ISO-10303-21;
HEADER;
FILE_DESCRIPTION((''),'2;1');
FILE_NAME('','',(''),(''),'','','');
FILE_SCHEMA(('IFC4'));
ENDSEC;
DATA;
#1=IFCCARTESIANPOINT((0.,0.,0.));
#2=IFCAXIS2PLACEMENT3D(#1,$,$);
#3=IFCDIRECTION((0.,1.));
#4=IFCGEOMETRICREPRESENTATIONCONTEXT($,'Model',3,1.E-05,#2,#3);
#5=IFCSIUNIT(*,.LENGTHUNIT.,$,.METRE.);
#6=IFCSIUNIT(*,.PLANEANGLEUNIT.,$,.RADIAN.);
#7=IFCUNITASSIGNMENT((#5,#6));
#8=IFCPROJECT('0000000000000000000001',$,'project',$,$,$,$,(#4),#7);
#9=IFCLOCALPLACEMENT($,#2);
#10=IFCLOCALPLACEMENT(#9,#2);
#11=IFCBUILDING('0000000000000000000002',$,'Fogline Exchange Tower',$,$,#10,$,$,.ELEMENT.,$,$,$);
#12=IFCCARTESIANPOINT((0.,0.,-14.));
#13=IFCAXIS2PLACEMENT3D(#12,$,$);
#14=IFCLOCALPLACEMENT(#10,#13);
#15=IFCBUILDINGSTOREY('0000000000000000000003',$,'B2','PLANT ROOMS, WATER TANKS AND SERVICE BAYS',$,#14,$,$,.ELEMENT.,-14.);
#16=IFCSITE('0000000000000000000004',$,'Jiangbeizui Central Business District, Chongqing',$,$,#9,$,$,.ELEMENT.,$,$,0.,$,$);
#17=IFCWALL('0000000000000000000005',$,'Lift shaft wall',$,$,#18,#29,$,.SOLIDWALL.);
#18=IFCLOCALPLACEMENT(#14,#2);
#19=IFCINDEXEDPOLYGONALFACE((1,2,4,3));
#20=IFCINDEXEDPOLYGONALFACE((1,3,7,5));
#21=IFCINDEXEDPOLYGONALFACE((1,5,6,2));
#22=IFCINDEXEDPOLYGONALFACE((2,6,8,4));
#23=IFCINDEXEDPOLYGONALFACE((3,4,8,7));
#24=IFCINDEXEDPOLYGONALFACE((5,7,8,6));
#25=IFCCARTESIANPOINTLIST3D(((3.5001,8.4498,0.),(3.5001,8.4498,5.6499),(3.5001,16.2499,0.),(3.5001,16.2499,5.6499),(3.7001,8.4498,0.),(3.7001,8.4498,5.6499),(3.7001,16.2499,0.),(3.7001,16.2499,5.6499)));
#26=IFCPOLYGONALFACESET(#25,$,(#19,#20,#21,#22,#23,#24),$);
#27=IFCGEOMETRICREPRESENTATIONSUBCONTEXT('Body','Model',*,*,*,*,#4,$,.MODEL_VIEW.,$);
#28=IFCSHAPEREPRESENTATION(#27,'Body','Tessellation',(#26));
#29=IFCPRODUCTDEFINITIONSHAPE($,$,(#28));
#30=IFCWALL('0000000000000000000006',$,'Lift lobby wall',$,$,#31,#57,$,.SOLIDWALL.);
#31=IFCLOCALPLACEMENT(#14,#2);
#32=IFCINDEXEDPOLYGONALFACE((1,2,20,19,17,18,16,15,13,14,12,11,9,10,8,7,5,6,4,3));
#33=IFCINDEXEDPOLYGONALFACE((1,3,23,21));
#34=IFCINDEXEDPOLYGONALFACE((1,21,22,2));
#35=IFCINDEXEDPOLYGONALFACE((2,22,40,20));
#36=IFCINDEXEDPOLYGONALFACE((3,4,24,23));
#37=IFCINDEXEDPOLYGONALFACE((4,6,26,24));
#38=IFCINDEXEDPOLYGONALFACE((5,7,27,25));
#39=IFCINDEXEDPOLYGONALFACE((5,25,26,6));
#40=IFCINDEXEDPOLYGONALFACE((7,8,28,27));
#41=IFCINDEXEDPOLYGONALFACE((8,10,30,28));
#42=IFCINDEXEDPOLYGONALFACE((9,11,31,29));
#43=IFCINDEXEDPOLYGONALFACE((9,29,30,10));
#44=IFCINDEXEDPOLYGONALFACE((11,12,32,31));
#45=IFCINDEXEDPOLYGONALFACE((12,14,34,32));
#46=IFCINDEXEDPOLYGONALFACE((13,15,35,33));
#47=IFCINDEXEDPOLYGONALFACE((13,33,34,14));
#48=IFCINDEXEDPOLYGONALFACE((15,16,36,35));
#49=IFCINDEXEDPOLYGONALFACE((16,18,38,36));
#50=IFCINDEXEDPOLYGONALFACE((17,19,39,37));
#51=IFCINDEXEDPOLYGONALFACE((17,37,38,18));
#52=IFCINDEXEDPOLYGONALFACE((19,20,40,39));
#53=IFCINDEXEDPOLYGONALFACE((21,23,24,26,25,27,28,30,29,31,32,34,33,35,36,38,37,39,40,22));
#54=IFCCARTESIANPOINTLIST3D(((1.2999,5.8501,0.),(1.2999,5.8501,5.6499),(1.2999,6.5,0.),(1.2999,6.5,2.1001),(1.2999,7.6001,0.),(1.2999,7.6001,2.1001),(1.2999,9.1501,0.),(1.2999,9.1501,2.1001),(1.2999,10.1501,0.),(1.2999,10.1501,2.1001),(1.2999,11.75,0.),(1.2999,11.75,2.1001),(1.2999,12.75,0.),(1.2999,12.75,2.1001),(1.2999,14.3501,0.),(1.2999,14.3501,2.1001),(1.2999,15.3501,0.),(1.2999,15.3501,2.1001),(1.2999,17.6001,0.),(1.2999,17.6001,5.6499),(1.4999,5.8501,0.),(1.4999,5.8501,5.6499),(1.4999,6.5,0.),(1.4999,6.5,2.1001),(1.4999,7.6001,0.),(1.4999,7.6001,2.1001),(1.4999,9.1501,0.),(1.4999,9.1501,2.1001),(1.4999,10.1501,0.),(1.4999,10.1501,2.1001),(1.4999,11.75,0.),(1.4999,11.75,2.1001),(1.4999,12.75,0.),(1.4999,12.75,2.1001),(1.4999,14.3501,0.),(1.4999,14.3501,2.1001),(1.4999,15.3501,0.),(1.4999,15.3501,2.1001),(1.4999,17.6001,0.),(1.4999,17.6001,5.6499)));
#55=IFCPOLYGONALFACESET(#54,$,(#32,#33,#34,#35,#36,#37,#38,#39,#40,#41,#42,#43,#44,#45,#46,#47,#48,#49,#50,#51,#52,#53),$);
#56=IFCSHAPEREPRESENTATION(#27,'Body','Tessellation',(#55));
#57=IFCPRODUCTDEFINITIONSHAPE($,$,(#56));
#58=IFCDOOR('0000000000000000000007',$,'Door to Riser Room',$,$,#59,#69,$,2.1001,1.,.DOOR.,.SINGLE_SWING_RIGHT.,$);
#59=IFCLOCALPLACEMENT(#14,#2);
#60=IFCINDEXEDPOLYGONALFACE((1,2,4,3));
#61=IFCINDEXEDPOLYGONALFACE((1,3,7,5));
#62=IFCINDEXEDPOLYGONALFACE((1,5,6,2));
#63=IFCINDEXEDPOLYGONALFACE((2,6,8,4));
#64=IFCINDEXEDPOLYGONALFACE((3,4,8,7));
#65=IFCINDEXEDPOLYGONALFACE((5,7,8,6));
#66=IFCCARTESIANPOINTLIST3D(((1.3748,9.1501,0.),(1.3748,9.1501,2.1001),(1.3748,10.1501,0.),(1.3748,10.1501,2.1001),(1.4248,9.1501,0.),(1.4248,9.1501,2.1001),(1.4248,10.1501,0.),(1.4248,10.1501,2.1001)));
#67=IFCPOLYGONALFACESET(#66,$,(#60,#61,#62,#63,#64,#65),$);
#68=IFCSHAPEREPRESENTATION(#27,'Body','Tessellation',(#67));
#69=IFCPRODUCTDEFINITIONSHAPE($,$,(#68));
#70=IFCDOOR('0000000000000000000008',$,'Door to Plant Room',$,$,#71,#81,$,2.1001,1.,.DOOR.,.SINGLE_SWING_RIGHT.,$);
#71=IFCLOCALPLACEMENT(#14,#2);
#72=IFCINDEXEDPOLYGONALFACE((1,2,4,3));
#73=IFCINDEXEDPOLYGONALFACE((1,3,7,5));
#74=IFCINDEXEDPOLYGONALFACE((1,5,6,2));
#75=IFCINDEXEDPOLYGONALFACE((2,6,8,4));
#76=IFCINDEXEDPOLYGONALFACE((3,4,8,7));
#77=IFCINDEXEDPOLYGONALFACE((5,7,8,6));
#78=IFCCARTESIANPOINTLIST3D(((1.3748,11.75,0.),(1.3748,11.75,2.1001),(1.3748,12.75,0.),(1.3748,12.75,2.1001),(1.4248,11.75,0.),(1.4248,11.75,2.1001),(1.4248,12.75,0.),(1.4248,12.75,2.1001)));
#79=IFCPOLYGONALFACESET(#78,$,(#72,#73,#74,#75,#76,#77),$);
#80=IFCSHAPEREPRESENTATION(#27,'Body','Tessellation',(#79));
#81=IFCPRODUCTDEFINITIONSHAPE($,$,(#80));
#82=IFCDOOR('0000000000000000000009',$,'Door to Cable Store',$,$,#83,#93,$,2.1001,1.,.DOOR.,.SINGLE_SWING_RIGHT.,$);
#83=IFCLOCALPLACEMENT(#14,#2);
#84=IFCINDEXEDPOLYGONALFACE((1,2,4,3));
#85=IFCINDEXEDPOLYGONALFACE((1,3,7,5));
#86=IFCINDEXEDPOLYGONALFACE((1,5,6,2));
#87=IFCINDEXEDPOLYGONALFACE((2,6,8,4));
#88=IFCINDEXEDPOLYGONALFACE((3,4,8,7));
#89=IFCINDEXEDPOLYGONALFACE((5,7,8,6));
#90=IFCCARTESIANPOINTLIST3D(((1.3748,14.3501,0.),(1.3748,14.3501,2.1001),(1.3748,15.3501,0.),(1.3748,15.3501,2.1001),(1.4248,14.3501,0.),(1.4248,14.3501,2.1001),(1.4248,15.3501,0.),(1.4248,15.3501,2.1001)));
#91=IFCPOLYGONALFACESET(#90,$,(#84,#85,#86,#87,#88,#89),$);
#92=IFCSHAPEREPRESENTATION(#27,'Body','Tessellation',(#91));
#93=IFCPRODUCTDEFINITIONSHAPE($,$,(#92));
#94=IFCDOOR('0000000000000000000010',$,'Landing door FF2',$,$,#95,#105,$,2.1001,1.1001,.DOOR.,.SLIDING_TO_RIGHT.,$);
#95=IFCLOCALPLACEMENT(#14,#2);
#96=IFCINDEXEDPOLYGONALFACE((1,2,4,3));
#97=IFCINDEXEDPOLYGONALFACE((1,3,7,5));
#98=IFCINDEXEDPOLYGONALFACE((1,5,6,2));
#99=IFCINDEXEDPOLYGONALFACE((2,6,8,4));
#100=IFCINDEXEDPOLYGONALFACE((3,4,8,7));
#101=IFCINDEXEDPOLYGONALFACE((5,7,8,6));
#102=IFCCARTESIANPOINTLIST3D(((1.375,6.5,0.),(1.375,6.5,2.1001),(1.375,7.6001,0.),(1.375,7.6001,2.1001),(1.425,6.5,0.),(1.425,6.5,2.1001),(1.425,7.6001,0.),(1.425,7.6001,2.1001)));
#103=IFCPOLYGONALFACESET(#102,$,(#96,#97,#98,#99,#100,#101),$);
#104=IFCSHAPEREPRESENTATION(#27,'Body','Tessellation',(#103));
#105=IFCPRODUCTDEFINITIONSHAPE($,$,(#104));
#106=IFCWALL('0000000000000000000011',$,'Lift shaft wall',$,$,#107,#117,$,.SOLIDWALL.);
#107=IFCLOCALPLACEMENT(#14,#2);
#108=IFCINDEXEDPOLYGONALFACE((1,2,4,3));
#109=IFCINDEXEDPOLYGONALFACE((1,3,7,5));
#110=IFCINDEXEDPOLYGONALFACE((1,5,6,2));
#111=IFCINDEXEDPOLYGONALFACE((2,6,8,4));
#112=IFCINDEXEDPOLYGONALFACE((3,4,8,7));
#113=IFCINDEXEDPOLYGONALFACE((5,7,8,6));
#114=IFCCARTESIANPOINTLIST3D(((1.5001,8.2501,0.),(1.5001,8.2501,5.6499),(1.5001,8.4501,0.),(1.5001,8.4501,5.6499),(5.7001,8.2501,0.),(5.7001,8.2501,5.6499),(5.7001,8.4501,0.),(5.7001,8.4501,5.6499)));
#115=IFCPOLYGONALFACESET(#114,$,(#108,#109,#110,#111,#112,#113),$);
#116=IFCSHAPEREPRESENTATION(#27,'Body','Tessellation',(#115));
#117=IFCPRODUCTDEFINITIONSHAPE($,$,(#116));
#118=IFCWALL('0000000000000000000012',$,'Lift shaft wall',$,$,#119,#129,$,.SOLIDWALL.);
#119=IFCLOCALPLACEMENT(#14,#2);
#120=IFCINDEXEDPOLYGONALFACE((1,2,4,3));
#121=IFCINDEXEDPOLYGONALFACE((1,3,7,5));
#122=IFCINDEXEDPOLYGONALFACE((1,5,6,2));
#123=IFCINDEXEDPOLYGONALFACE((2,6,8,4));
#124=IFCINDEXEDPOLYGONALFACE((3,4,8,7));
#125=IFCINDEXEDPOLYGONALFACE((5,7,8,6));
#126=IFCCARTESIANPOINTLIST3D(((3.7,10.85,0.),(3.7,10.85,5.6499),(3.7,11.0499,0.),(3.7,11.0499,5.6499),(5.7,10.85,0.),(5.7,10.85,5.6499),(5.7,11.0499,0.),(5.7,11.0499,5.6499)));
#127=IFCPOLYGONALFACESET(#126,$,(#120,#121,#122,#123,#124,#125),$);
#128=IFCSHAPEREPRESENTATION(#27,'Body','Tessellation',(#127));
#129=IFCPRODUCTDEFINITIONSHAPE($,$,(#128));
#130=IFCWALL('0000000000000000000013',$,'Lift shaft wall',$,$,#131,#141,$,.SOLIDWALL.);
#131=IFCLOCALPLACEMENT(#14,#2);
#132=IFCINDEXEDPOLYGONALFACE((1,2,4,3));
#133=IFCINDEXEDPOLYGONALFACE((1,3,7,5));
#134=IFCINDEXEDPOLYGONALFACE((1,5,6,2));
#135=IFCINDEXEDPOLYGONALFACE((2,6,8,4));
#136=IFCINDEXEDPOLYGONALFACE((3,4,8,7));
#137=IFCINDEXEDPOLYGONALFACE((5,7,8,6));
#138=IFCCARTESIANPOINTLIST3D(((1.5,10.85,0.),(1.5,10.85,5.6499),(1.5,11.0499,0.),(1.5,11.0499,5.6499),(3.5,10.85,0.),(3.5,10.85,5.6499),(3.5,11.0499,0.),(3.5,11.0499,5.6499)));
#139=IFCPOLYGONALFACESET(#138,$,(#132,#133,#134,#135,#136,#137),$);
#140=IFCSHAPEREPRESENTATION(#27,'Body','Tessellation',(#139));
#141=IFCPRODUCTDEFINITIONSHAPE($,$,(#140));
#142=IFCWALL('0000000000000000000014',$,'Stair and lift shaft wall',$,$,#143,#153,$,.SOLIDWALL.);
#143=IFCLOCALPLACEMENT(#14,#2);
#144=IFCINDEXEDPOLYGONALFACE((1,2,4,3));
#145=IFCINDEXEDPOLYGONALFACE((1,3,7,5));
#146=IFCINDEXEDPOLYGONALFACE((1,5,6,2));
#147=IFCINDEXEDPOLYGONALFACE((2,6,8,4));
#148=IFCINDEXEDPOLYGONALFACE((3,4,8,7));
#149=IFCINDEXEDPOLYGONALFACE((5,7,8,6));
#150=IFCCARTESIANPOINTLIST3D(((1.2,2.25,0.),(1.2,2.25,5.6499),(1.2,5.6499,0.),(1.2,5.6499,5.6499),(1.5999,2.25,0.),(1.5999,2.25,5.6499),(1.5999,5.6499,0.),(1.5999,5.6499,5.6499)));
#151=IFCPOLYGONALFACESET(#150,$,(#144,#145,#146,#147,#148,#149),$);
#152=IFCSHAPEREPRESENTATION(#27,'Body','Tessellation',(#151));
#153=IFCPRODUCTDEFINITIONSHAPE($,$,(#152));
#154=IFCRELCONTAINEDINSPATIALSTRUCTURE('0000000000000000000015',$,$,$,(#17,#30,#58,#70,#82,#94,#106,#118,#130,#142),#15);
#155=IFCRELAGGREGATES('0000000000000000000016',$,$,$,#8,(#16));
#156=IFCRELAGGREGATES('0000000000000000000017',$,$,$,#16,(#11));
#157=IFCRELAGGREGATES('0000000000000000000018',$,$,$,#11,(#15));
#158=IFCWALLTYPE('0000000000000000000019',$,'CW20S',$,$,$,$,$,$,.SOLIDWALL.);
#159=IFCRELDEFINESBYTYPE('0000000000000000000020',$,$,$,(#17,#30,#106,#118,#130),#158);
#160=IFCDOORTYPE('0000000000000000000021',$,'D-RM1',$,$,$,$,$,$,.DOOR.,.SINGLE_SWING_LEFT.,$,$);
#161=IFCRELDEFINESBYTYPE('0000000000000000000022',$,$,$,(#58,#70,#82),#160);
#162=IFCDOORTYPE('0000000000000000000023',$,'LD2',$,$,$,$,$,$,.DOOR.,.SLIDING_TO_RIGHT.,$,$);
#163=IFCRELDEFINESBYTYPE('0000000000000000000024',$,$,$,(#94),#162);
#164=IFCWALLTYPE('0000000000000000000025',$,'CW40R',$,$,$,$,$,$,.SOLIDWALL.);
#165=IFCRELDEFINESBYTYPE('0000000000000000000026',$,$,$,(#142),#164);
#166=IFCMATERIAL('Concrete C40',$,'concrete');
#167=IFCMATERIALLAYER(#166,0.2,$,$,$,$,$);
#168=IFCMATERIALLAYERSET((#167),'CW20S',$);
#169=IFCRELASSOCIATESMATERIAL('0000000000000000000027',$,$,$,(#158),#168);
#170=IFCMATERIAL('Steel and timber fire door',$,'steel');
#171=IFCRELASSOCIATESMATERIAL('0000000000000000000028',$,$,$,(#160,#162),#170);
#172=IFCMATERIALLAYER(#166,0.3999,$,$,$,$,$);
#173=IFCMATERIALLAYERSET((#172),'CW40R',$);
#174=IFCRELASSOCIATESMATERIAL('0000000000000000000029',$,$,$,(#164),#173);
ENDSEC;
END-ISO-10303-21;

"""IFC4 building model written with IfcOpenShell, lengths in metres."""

from ifc_helpers import new_model, si_unit, direction, frame, frame_2d, origin, place, context, subcontext, project, spatial, rectangle, extrude, material, layer, layer_set, type_object, element, fill, save


model = new_model("IFC4")

# Units and contexts
model_context = context("Model", 3, precision=1e-05, world=origin(), true_north=direction((0.0, 1.0)))
body_context = subcontext(model_context, "Body", "Model", "MODEL_VIEW")
ifc_project = project(units=[si_unit("LENGTHUNIT", "METRE"), si_unit("PLANEANGLEUNIT", "RADIAN")], contexts=[model_context])

# Site, building, storey
site_placement = place(None, origin())
site = spatial("IfcSite", under=ifc_project, at=site_placement, Name="Jiangbeizui Central Business District, Chongqing", CompositionType="ELEMENT", RefElevation=0.0)
building_placement = place(site_placement, origin())
building = spatial("IfcBuilding", under=site, at=building_placement, Name="Fogline Exchange Tower", CompositionType="ELEMENT")
storey_placement = place(building_placement, frame((0.0, 0.0, -14.0)))
storey = spatial("IfcBuildingStorey", under=building, at=storey_placement, Name="B2", Description="PLANT ROOMS, WATER TANKS AND SERVICE BAYS", CompositionType="ELEMENT", Elevation=-14.0)

# Shared definitions
ifc_material_1 = material(Name="Concrete C40", Category="concrete")

# Wall
ifc_layer_1 = layer(ifc_material_1, 0.2)
ifc_layer_set_1 = layer_set([ifc_layer_1], Name="CW20S")
wall_type_1 = type_object("IfcWallType", Name="CW20S", PredefinedType="SOLIDWALL", material=ifc_layer_set_1)
wall_1_placement = place(storey_placement, frame((3.6001, 8.45, 0.0), z_axis=(0.0, 0.0, 1.0), x_axis=(0.0, 1.0, 0.0)))
element("IfcWall", 1, at=wall_1_placement, inside=storey, type_object=wall_type_1, Name="Lift shaft wall", PredefinedType="SOLIDWALL", context=body_context, shape_type="SweptSolid", body=[
    extrude(rectangle(XDim=7.8, YDim=0.2, at=frame_2d((3.8999, 0.0))), origin(), (0.0, 0.0, 1.0), 5.6499),
])

# Wall, openings, doors
wall_2_placement = place(storey_placement, frame((1.3999, 5.8501, 0.0), z_axis=(0.0, 0.0, 1.0), x_axis=(0.0, 1.0, 0.0)))
wall_2 = element("IfcWall", 2, at=wall_2_placement, inside=storey, type_object=wall_type_1, Name="Lift lobby wall", PredefinedType="SOLIDWALL", context=body_context, shape_type="SweptSolid", body=[
    extrude(rectangle(XDim=11.75, YDim=0.2, at=frame_2d((5.875, 0.0))), origin(), (0.0, 0.0, 1.0), 5.6499),
])
opening_1_placement = place(wall_2_placement, frame((0.6499, 0.0, 0.0)))
opening_1 = element("IfcOpeningElement", 3, at=opening_1_placement, cuts=wall_2, PredefinedType="OPENING", context=body_context, shape_type="SweptSolid", body=[
    extrude(rectangle(XDim=1.1001, YDim=2.1001, at=frame_2d((0.55, 1.05))), frame((0.0, 0.1099, 0.0), z_axis=(0.0, -1.0, 0.0), x_axis=(1.0, 0.0, 0.0)), (0.0, 0.0, 1.0), 0.22),
])
opening_2_placement = place(wall_2_placement, frame((3.3, 0.0, 0.0)))
opening_2 = element("IfcOpeningElement", 4, at=opening_2_placement, cuts=wall_2, PredefinedType="OPENING", context=body_context, shape_type="SweptSolid", body=[
    extrude(rectangle(XDim=1.0, YDim=2.1001, at=frame_2d((0.5, 1.05))), frame((0.0, 0.1099, 0.0), z_axis=(0.0, -1.0, 0.0), x_axis=(1.0, 0.0, 0.0)), (0.0, 0.0, 1.0), 0.22),
])
opening_3_placement = place(wall_2_placement, frame((5.8999, 0.0, 0.0)))
opening_3 = element("IfcOpeningElement", 5, at=opening_3_placement, cuts=wall_2, PredefinedType="OPENING", context=body_context, shape_type="SweptSolid", body=[
    extrude(rectangle(XDim=1.0, YDim=2.1001, at=frame_2d((0.5, 1.05))), frame((0.0, 0.1099, 0.0), z_axis=(0.0, -1.0, 0.0), x_axis=(1.0, 0.0, 0.0)), (0.0, 0.0, 1.0), 0.22),
])
opening_4_placement = place(wall_2_placement, frame((8.5, 0.0, 0.0)))
opening_4 = element("IfcOpeningElement", 6, at=opening_4_placement, cuts=wall_2, PredefinedType="OPENING", context=body_context, shape_type="SweptSolid", body=[
    extrude(rectangle(XDim=1.0, YDim=2.1001, at=frame_2d((0.5, 1.05))), frame((0.0, 0.1099, 0.0), z_axis=(0.0, -1.0, 0.0), x_axis=(1.0, 0.0, 0.0)), (0.0, 0.0, 1.0), 0.22),
])
ifc_material_2 = material(Name="Steel and timber fire door", Category="steel")
door_type_1 = type_object("IfcDoorType", Name="D-RM1", OperationType="SINGLE_SWING_LEFT", PredefinedType="DOOR", material=ifc_material_2)
door_1_placement = place(opening_2_placement, frame((1.0, 0.0, 0.0), z_axis=(0.0, 0.0, 1.0), x_axis=(-1.0, 0.0, 0.0)))
door_1 = element("IfcDoor", 7, at=door_1_placement, inside=storey, type_object=door_type_1, Name="Door to Riser Room", OperationType="SINGLE_SWING_RIGHT", OverallHeight=2.1001, OverallWidth=1.0, PredefinedType="DOOR", context=body_context, shape_type="SweptSolid", body=[
    extrude(rectangle(XDim=1.0, YDim=2.1001, at=frame_2d((0.5, 1.05))), frame((0.0, 0.0249, 0.0), z_axis=(0.0, -1.0, 0.0), x_axis=(1.0, 0.0, 0.0)), (0.0, 0.0, 1.0), 0.05),
])
fill(opening_2, door_1)
door_2_placement = place(opening_3_placement, frame((1.0, 0.0, 0.0), z_axis=(0.0, 0.0, 1.0), x_axis=(-1.0, 0.0, 0.0)))
door_2 = element("IfcDoor", 8, at=door_2_placement, inside=storey, type_object=door_type_1, Name="Door to Plant Room", OperationType="SINGLE_SWING_RIGHT", OverallHeight=2.1001, OverallWidth=1.0, PredefinedType="DOOR", context=body_context, shape_type="SweptSolid", body=[
    extrude(rectangle(XDim=1.0, YDim=2.1001, at=frame_2d((0.5, 1.05))), frame((0.0, 0.0249, 0.0), z_axis=(0.0, -1.0, 0.0), x_axis=(1.0, 0.0, 0.0)), (0.0, 0.0, 1.0), 0.05),
])
fill(opening_3, door_2)
door_3_placement = place(opening_4_placement, frame((1.0, 0.0, 0.0), z_axis=(0.0, 0.0, 1.0), x_axis=(-1.0, 0.0, 0.0)))
door_3 = element("IfcDoor", 9, at=door_3_placement, inside=storey, type_object=door_type_1, Name="Door to Cable Store", OperationType="SINGLE_SWING_RIGHT", OverallHeight=2.1001, OverallWidth=1.0, PredefinedType="DOOR", context=body_context, shape_type="SweptSolid", body=[
    extrude(rectangle(XDim=1.0, YDim=2.1001, at=frame_2d((0.5, 1.05))), frame((0.0, 0.0249, 0.0), z_axis=(0.0, -1.0, 0.0), x_axis=(1.0, 0.0, 0.0)), (0.0, 0.0, 1.0), 0.05),
])
fill(opening_4, door_3)
door_type_2 = type_object("IfcDoorType", Name="LD2", OperationType="SLIDING_TO_RIGHT", PredefinedType="DOOR", material=ifc_material_2)
door_4_placement = place(opening_1_placement, origin())
door_4 = element("IfcDoor", 10, at=door_4_placement, inside=storey, type_object=door_type_2, Name="Landing door FF2", OperationType="SLIDING_TO_RIGHT", OverallHeight=2.1001, OverallWidth=1.1001, PredefinedType="DOOR", context=body_context, shape_type="SweptSolid", body=[
    extrude(rectangle(XDim=1.1001, YDim=2.1001, at=frame_2d((0.55, 1.05))), frame((0.0, 0.0249, 0.0), z_axis=(0.0, -1.0, 0.0), x_axis=(1.0, 0.0, 0.0)), (0.0, 0.0, 1.0), 0.05),
])
fill(opening_1, door_4)

# Walls
wall_3_placement = place(storey_placement, frame((1.5, 8.3501, 0.0), z_axis=(0.0, 0.0, 1.0), x_axis=(1.0, 0.0, 0.0)))
element("IfcWall", 11, at=wall_3_placement, inside=storey, type_object=wall_type_1, Name="Lift shaft wall", PredefinedType="SOLIDWALL", context=body_context, shape_type="SweptSolid", body=[
    extrude(rectangle(XDim=4.2, YDim=0.2, at=frame_2d((2.1001, 0.0))), origin(), (0.0, 0.0, 1.0), 5.6499),
])
for number, where, z_axis, x_axis, name in (
    (12, (3.7, 10.95, 0.0), (0.0, 0.0, 1.0), (1.0, 0.0, 0.0), "Lift shaft wall"),
    (13, (1.5, 10.95, 0.0), (0.0, 0.0, 1.0), (1.0, 0.0, 0.0), "Lift shaft wall"),
):
    element("IfcWall", number, at=place(storey_placement, frame(where, z_axis=z_axis, x_axis=x_axis)), inside=storey, type_object=wall_type_1, Name=name, PredefinedType="SOLIDWALL", context=body_context, shape_type="SweptSolid", body=[
        extrude(rectangle(XDim=2.0, YDim=0.2, at=frame_2d((1.0, 0.0))), origin(), (0.0, 0.0, 1.0), 5.6499),
    ])
ifc_layer_2 = layer(ifc_material_1, 0.3999)
ifc_layer_set_2 = layer_set([ifc_layer_2], Name="CW40R")
wall_type_2 = type_object("IfcWallType", Name="CW40R", PredefinedType="SOLIDWALL", material=ifc_layer_set_2)
wall_4_placement = place(storey_placement, frame((1.3999, 2.25, 0.0), z_axis=(0.0, 0.0, 1.0), x_axis=(0.0, 1.0, 0.0)))
element("IfcWall", 14, at=wall_4_placement, inside=storey, type_object=wall_type_2, Name="Stair and lift shaft wall", PredefinedType="SOLIDWALL", context=body_context, shape_type="SweptSolid", body=[
    extrude(rectangle(XDim=3.3999, YDim=0.3999, at=frame_2d((1.7, 0.0))), origin(), (0.0, 0.0, 1.0), 5.6499),
])

save(model, "model.ifc")
